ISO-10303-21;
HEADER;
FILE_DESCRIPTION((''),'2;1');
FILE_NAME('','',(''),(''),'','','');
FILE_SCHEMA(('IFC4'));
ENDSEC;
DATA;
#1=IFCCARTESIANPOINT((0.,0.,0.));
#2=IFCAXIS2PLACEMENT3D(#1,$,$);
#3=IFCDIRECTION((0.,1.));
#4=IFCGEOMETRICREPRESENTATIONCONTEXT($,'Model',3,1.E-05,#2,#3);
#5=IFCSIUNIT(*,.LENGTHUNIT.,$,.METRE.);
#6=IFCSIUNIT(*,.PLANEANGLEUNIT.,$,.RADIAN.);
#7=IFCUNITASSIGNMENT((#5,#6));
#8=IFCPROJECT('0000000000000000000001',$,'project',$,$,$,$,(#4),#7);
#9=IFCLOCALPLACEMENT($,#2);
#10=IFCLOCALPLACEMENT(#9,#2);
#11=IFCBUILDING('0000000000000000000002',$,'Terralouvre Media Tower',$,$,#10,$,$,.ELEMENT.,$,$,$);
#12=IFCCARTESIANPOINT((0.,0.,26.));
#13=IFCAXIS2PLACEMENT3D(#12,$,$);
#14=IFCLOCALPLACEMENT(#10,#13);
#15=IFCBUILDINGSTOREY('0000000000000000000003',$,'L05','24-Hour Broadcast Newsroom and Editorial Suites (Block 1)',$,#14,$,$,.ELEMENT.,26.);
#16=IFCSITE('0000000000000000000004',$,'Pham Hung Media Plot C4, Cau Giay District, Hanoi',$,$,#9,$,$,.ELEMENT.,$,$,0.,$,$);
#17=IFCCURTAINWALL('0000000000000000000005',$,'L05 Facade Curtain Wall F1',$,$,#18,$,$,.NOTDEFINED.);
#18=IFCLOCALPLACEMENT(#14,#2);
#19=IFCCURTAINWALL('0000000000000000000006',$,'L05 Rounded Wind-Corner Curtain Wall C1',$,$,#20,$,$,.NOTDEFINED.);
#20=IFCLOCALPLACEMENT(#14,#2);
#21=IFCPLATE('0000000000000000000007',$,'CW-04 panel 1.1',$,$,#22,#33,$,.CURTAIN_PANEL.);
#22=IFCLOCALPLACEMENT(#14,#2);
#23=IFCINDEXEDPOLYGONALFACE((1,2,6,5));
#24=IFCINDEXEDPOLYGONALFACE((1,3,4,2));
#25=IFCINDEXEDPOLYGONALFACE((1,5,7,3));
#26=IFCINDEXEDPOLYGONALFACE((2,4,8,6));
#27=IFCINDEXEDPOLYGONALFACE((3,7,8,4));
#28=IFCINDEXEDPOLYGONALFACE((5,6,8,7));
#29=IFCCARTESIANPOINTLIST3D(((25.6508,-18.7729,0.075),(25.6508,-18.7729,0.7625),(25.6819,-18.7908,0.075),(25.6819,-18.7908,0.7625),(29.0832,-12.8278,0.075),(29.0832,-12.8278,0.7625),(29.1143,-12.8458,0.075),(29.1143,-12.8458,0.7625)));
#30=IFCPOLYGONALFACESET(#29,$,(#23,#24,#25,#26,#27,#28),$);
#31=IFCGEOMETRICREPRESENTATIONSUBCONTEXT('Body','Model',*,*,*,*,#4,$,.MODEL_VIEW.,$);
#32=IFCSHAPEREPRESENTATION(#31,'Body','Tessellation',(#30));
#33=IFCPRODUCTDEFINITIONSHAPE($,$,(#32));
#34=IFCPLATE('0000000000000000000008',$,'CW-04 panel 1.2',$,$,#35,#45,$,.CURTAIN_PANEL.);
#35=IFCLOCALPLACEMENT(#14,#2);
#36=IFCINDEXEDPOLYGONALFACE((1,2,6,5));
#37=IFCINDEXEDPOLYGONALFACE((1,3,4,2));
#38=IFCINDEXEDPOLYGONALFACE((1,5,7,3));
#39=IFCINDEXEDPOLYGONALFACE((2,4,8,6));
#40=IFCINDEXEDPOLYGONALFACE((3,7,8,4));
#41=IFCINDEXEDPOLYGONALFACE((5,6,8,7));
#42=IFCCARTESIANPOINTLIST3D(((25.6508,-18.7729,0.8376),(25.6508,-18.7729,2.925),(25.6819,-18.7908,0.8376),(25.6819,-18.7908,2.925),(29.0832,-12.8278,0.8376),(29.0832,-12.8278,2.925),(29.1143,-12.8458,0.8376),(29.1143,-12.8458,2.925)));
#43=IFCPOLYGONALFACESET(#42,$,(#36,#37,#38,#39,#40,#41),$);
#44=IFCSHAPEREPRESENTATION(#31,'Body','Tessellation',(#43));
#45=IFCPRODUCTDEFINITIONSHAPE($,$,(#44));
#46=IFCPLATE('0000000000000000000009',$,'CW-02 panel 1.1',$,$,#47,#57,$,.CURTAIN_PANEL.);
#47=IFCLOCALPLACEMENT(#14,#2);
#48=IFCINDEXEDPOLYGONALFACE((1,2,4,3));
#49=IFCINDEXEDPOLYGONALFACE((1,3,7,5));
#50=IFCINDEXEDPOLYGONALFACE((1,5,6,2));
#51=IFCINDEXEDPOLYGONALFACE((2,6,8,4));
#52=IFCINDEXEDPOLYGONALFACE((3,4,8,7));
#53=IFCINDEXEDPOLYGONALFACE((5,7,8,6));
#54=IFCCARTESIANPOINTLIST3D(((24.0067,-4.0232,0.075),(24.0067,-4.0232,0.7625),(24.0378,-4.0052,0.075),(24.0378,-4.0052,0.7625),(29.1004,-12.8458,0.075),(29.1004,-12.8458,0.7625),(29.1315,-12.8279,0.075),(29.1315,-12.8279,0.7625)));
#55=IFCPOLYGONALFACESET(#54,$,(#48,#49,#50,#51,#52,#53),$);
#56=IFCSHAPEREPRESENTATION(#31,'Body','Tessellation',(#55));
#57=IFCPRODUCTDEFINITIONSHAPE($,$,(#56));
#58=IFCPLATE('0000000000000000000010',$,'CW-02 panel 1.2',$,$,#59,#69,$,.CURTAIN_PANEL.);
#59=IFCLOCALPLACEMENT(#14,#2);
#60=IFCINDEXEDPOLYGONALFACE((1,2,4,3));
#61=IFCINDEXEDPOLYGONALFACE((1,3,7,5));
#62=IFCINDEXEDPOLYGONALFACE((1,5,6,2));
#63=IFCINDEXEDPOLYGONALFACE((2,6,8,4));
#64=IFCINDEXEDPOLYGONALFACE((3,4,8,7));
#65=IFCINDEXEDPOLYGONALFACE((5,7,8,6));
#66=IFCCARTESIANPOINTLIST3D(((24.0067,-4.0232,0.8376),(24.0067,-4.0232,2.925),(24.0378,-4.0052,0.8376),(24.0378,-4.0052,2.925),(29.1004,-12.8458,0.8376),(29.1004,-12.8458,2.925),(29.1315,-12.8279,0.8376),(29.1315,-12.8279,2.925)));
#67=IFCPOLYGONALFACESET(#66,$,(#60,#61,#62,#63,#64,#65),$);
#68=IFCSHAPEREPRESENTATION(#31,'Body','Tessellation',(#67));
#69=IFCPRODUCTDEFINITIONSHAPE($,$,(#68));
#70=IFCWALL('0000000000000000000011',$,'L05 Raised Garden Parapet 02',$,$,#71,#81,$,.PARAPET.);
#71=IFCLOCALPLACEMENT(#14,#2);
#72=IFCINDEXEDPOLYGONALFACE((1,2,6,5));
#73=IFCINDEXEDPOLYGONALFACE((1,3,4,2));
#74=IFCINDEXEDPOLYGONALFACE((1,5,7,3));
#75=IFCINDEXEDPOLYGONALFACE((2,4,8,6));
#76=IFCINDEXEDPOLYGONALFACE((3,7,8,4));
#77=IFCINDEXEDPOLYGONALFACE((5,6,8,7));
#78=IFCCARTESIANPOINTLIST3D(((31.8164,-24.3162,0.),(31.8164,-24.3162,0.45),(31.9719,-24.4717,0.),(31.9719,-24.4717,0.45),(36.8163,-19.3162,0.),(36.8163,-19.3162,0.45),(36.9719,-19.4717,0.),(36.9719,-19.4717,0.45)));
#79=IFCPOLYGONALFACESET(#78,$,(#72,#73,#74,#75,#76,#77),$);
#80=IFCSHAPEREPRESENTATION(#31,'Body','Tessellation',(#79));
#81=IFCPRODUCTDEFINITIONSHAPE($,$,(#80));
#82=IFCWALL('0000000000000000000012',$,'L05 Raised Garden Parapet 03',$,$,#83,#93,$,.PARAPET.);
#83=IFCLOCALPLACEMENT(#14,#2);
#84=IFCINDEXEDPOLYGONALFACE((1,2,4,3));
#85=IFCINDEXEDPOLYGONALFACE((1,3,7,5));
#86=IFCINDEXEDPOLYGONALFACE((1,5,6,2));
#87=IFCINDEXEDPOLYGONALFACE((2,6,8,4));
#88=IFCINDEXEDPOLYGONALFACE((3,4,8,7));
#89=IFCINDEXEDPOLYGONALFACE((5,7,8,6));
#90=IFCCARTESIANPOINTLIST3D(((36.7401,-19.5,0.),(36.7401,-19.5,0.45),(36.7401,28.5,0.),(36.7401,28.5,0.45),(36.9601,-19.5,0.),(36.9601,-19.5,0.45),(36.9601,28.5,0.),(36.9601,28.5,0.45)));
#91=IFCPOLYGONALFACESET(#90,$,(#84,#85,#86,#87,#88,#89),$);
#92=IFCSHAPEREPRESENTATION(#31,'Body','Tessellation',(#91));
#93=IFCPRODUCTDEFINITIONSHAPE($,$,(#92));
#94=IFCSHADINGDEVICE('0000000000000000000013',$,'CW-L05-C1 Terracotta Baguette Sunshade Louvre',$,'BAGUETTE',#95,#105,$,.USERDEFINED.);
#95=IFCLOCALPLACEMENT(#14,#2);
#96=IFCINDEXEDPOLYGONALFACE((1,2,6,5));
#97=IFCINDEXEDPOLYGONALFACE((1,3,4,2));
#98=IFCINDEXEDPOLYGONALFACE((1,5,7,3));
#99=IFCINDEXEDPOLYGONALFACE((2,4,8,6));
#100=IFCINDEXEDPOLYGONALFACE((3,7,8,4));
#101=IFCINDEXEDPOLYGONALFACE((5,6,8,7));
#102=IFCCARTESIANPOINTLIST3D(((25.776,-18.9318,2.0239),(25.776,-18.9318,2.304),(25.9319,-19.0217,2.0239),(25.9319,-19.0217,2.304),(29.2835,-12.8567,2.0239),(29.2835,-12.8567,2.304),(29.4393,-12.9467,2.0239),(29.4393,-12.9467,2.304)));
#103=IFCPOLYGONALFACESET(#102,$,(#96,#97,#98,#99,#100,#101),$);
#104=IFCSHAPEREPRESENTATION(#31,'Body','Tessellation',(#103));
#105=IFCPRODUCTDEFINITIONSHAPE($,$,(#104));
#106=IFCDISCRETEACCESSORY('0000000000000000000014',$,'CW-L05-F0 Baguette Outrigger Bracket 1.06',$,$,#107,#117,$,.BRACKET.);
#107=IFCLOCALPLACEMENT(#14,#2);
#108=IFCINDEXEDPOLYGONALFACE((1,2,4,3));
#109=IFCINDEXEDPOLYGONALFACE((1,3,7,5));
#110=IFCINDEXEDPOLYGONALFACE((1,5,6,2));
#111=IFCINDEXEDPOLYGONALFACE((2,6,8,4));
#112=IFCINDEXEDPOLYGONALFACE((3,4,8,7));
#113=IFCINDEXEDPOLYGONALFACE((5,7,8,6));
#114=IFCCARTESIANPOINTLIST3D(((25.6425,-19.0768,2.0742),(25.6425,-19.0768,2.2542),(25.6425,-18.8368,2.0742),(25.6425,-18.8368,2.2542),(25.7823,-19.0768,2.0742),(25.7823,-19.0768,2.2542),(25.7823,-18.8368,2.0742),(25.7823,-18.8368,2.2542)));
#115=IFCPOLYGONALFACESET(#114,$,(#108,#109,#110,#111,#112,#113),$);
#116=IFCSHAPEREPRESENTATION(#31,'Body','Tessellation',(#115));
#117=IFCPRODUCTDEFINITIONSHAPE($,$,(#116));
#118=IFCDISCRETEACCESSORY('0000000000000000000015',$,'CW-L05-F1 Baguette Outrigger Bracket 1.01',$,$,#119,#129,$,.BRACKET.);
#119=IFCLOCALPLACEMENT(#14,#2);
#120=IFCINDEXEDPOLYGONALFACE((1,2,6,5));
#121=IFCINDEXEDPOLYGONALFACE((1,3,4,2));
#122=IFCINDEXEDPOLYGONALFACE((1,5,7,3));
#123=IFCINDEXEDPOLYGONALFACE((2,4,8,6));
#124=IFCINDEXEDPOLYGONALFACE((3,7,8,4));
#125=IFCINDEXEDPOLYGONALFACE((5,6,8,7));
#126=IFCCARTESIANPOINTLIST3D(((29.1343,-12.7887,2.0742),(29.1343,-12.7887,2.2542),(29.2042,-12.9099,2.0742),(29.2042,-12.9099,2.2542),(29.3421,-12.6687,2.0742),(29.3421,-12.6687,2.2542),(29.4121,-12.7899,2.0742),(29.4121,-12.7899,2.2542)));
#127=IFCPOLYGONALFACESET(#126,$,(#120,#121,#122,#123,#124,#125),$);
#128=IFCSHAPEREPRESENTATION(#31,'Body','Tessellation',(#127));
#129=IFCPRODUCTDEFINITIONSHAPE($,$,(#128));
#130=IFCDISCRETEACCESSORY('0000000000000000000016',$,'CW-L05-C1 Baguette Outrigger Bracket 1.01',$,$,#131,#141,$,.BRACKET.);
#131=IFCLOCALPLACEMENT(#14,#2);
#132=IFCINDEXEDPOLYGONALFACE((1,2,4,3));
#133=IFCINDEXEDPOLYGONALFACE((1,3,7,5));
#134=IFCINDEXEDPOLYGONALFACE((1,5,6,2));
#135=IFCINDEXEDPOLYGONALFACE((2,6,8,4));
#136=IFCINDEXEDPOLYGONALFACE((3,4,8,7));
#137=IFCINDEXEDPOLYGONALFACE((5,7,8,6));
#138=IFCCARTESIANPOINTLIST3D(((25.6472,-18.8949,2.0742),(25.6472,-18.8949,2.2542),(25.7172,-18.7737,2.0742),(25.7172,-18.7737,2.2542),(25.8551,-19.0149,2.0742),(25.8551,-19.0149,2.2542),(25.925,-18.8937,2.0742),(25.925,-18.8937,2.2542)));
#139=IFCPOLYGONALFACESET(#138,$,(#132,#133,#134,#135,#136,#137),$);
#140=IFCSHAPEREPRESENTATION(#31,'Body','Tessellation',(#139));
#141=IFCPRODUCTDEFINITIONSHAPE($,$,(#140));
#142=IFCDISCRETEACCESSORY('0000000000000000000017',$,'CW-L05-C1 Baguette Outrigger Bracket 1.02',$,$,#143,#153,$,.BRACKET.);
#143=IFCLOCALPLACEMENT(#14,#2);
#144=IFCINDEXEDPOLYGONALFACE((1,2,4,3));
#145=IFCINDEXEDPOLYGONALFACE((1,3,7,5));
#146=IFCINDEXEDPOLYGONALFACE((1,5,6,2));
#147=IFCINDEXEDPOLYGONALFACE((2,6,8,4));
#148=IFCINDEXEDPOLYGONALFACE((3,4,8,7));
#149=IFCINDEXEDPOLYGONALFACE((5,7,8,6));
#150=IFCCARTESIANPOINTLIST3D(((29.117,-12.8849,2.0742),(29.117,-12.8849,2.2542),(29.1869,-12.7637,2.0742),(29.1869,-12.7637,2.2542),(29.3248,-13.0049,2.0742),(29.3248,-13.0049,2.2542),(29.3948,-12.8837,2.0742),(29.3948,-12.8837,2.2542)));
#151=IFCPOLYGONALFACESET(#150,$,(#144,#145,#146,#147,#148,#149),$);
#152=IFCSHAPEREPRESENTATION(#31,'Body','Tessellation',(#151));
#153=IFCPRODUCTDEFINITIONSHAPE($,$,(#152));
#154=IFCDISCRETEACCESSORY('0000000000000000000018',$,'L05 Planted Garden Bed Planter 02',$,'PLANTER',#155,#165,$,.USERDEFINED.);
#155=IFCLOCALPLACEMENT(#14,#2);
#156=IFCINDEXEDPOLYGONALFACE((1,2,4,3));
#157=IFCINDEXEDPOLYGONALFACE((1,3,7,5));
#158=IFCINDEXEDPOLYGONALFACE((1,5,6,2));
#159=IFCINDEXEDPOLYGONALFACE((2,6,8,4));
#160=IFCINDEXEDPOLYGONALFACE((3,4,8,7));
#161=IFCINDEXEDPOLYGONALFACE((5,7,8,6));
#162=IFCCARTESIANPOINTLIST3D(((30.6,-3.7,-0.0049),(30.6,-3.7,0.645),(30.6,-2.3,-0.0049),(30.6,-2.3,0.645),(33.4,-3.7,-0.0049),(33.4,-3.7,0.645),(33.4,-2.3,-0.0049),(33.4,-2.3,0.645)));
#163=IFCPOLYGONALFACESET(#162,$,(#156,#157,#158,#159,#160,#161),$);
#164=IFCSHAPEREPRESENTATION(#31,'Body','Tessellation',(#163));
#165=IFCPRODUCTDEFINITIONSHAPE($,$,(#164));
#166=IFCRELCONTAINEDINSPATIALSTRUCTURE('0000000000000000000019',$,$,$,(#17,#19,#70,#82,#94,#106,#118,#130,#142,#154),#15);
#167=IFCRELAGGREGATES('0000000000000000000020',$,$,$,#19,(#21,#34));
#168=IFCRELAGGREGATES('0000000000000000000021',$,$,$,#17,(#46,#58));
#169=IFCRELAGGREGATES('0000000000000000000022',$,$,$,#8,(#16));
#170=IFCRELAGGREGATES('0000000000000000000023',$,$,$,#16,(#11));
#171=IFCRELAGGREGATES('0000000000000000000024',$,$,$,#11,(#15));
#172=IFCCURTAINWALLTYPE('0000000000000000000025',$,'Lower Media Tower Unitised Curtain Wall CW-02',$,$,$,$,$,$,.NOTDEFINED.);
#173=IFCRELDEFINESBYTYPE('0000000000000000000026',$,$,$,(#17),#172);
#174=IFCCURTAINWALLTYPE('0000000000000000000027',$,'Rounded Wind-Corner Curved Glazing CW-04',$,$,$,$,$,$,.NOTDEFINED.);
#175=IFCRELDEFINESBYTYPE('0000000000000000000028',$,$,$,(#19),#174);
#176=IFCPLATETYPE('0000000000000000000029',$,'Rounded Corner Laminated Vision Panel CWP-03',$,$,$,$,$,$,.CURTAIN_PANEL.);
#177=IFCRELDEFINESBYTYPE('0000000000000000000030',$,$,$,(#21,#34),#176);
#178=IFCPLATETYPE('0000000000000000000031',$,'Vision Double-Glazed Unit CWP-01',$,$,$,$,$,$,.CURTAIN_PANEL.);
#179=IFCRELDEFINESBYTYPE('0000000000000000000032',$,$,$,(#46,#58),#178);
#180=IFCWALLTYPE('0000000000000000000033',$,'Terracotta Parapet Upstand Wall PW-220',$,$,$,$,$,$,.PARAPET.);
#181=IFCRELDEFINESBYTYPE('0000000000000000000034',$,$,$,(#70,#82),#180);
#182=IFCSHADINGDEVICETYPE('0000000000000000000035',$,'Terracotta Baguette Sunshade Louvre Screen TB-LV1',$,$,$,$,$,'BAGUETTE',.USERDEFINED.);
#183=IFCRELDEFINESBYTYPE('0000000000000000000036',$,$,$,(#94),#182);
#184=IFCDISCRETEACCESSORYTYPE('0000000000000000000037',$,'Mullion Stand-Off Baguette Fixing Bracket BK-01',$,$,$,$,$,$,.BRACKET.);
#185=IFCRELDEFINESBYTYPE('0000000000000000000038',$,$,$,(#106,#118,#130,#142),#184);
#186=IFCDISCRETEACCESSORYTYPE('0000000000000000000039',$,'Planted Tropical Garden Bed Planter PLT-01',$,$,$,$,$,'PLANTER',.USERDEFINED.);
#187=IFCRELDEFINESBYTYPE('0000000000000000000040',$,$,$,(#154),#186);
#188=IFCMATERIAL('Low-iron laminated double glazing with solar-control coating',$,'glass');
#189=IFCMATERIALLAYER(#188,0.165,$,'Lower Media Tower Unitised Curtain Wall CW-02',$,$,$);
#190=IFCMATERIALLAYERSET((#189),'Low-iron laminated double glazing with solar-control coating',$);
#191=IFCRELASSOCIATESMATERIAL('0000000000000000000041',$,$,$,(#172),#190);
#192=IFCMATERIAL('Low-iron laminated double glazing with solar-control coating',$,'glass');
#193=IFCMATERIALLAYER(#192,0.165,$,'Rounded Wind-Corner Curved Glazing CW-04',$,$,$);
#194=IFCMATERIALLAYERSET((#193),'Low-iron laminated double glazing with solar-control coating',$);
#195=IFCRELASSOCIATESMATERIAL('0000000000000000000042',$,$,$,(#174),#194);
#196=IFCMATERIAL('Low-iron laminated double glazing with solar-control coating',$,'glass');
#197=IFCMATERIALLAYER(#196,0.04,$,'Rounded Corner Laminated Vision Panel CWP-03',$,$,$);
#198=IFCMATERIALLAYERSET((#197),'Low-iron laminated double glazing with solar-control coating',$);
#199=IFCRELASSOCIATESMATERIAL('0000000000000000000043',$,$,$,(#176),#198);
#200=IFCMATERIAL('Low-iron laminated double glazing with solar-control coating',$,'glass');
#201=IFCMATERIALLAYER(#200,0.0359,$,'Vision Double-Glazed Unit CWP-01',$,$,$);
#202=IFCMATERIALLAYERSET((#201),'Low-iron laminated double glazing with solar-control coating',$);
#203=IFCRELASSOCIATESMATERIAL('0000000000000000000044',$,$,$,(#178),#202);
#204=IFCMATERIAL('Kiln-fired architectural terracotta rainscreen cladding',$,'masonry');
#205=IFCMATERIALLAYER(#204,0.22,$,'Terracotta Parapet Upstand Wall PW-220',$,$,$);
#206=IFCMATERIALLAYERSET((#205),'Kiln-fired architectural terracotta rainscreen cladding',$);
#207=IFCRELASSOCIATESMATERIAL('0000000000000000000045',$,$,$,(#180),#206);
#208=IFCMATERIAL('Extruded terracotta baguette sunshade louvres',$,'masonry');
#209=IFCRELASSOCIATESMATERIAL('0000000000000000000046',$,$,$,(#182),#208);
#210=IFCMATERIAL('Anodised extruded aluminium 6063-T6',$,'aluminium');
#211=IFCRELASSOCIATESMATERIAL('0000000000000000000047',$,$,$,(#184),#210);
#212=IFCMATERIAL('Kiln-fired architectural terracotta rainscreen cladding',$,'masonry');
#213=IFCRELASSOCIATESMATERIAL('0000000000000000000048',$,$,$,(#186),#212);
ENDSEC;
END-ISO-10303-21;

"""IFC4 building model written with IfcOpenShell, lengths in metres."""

from ifc_helpers import new_model, si_unit, direction, frame, frame_2d, origin, origin_2d, place, context, subcontext, project, spatial, rectangle, extrude, material, layer, layer_set, type_object, element, aggregate, save


model = new_model("IFC4")

# Units and contexts
model_context = context("Model", 3, precision=1e-05, world=origin(), true_north=direction((0.0, 1.0)))
body_context = subcontext(model_context, "Body", "Model", "MODEL_VIEW")
ifc_project = project(units=[si_unit("LENGTHUNIT", "METRE"), si_unit("PLANEANGLEUNIT", "RADIAN")], contexts=[model_context])

# Site, building, storey
site_placement = place(None, origin())
site = spatial("IfcSite", under=ifc_project, at=site_placement, Name="Pham Hung Media Plot C4, Cau Giay District, Hanoi", CompositionType="ELEMENT", RefElevation=0.0)
building_placement = place(site_placement, origin())
building = spatial("IfcBuilding", under=site, at=building_placement, Name="Terralouvre Media Tower", CompositionType="ELEMENT")
storey_placement = place(building_placement, frame((0.0, 0.0, 26.0)))
storey = spatial("IfcBuildingStorey", under=building, at=storey_placement, Name="L05", Description="24-Hour Broadcast Newsroom and Editorial Suites (Block 1)", CompositionType="ELEMENT", Elevation=26.0)

# Curtain walls
ifc_material_1 = material(Name="Low-iron laminated double glazing with solar-control coating", Category="glass")
ifc_layer_1 = layer(ifc_material_1, 0.165, Name="Lower Media Tower Unitised Curtain Wall CW-02")
ifc_layer_set_1 = layer_set([ifc_layer_1], Name="Low-iron laminated double glazing with solar-control coating")
curtain_wall_type_1 = type_object("IfcCurtainWallType", Name="Lower Media Tower Unitised Curtain Wall CW-02", PredefinedType="NOTDEFINED", material=ifc_layer_set_1)
curtain_wall_1_placement = place(storey_placement, origin())
curtain_wall_1 = element("IfcCurtainWall", 1, at=curtain_wall_1_placement, inside=storey, type_object=curtain_wall_type_1, Name="L05 Facade Curtain Wall F1", PredefinedType="NOTDEFINED")
ifc_material_2 = material(Name="Low-iron laminated double glazing with solar-control coating", Category="glass")
ifc_layer_2 = layer(ifc_material_2, 0.165, Name="Rounded Wind-Corner Curved Glazing CW-04")
ifc_layer_set_2 = layer_set([ifc_layer_2], Name="Low-iron laminated double glazing with solar-control coating")
curtain_wall_type_2 = type_object("IfcCurtainWallType", Name="Rounded Wind-Corner Curved Glazing CW-04", PredefinedType="NOTDEFINED", material=ifc_layer_set_2)
curtain_wall_2_placement = place(storey_placement, origin())
curtain_wall_2 = element("IfcCurtainWall", 2, at=curtain_wall_2_placement, inside=storey, type_object=curtain_wall_type_2, Name="L05 Rounded Wind-Corner Curtain Wall C1", PredefinedType="NOTDEFINED")

# Plates
ifc_material_3 = material(Name="Low-iron laminated double glazing with solar-control coating", Category="glass")
ifc_layer_3 = layer(ifc_material_3, 0.04, Name="Rounded Corner Laminated Vision Panel CWP-03")
ifc_layer_set_3 = layer_set([ifc_layer_3], Name="Low-iron laminated double glazing with solar-control coating")
plate_type_1 = type_object("IfcPlateType", Name="Rounded Corner Laminated Vision Panel CWP-03", PredefinedType="CURTAIN_PANEL", material=ifc_layer_set_3)
plate_1_placement = place(storey_placement, frame((27.3826, -15.8093, 0.075), z_axis=(0.0, 0.0, 1.0), x_axis=(0.5, 0.866026, 0.0)))
plate_1 = element("IfcPlate", 3, at=plate_1_placement, type_object=plate_type_1, Name="CW-04 panel 1.1", PredefinedType="CURTAIN_PANEL", context=body_context, shape_type="SweptSolid", body=[
    extrude(rectangle(XDim=6.8647, YDim=0.0359, at=origin_2d()), origin(), (0.0, 0.0, 1.0), 0.6875),
])
plate_2_placement = place(storey_placement, frame((27.3826, -15.8093, 0.8376), z_axis=(0.0, 0.0, 1.0), x_axis=(0.5, 0.866026, 0.0)))
plate_2 = element("IfcPlate", 4, at=plate_2_placement, type_object=plate_type_1, Name="CW-04 panel 1.2", PredefinedType="CURTAIN_PANEL", context=body_context, shape_type="SweptSolid", body=[
    extrude(rectangle(XDim=6.8647, YDim=0.0359, at=origin_2d()), origin(), (0.0, 0.0, 1.0), 2.0874),
])
aggregate(curtain_wall_2, [plate_1, plate_2])
ifc_material_4 = material(Name="Low-iron laminated double glazing with solar-control coating", Category="glass")
ifc_layer_4 = layer(ifc_material_4, 0.0359, Name="Vision Double-Glazed Unit CWP-01")
ifc_layer_set_4 = layer_set([ifc_layer_4], Name="Low-iron laminated double glazing with solar-control coating")
plate_type_2 = type_object("IfcPlateType", Name="Vision Double-Glazed Unit CWP-01", PredefinedType="CURTAIN_PANEL", material=ifc_layer_set_4)
plate_3_placement = place(storey_placement, frame((26.5691, -8.4255, 0.075), z_axis=(0.0, 0.0, 1.0), x_axis=(-0.5, 0.866025, 0.0)))
plate_3 = element("IfcPlate", 5, at=plate_3_placement, type_object=plate_type_2, Name="CW-02 panel 1.1", PredefinedType="CURTAIN_PANEL", context=body_context, shape_type="SweptSolid", body=[
    extrude(rectangle(XDim=10.1875, YDim=0.0359, at=origin_2d()), origin(), (0.0, 0.0, 1.0), 0.6875),
])
plate_4_placement = place(storey_placement, frame((26.5691, -8.4255, 0.8376), z_axis=(0.0, 0.0, 1.0), x_axis=(-0.5, 0.866025, 0.0)))
plate_4 = element("IfcPlate", 6, at=plate_4_placement, type_object=plate_type_2, Name="CW-02 panel 1.2", PredefinedType="CURTAIN_PANEL", context=body_context, shape_type="SweptSolid", body=[
    extrude(rectangle(XDim=10.1875, YDim=0.0359, at=origin_2d()), origin(), (0.0, 0.0, 1.0), 2.0874),
])
aggregate(curtain_wall_1, [plate_3, plate_4])

# Walls
ifc_material_5 = material(Name="Kiln-fired architectural terracotta rainscreen cladding", Category="masonry")
ifc_layer_5 = layer(ifc_material_5, 0.22, Name="Terracotta Parapet Upstand Wall PW-220")
ifc_layer_set_5 = layer_set([ifc_layer_5], Name="Kiln-fired architectural terracotta rainscreen cladding")
wall_type = type_object("IfcWallType", Name="Terracotta Parapet Upstand Wall PW-220", PredefinedType="PARAPET", material=ifc_layer_set_5)
wall_1_placement = place(storey_placement, frame((31.894, -24.394, 0.0), z_axis=(0.0, 0.0, 1.0), x_axis=(0.707107, 0.707107, 0.0)))
element("IfcWall", 7, at=wall_1_placement, inside=storey, type_object=wall_type, Name="L05 Raised Garden Parapet 02", PredefinedType="PARAPET", context=body_context, shape_type="SweptSolid", body=[
    extrude(rectangle(XDim=7.071, YDim=0.22, at=frame_2d((3.5356, 0.0))), origin(), (0.0, 0.0, 1.0), 0.45),
])
wall_2_placement = place(storey_placement, frame((36.8501, -19.5, 0.0), z_axis=(0.0, 0.0, 1.0), x_axis=(0.0, 1.0, 0.0)))
element("IfcWall", 8, at=wall_2_placement, inside=storey, type_object=wall_type, Name="L05 Raised Garden Parapet 03", PredefinedType="PARAPET", context=body_context, shape_type="SweptSolid", body=[
    extrude(rectangle(XDim=48.0, YDim=0.22, at=frame_2d((24.0, 0.0))), origin(), (0.0, 0.0, 1.0), 0.45),
])

# Shading device
ifc_material_6 = material(Name="Extruded terracotta baguette sunshade louvres", Category="masonry")
shading_device_type = type_object("IfcShadingDeviceType", Name="Terracotta Baguette Sunshade Louvre Screen TB-LV1", ElementType="BAGUETTE", PredefinedType="USERDEFINED", material=ifc_material_6)
shading_device_placement = place(storey_placement, frame((27.6077, -15.9392, 2.0239), z_axis=(0.0, 0.0, 1.0), x_axis=(0.5, 0.866026, 0.0)))
element("IfcShadingDevice", 9, at=shading_device_placement, inside=storey, type_object=shading_device_type, Name="CW-L05-C1 Terracotta Baguette Sunshade Louvre", ObjectType="BAGUETTE", PredefinedType="USERDEFINED", context=body_context, shape_type="SweptSolid", body=[
    extrude(rectangle(XDim=7.0149, YDim=0.1799, at=origin_2d()), origin(), (0.0, 0.0, 1.0), 0.28),
])

# Discrete accessories
ifc_material_7 = material(Name="Anodised extruded aluminium 6063-T6", Category="aluminium")
discrete_accessory_type_1 = type_object("IfcDiscreteAccessoryType", Name="Mullion Stand-Off Baguette Fixing Bracket BK-01", PredefinedType="BRACKET", material=ifc_material_7)
for number, where, z_axis, x_axis, name in (
    (10, (25.7124, -18.9568, 2.0742), (0.0, 0.0, 1.0), (1.0, 0.0, 0.0), "CW-L05-F0 Baguette Outrigger Bracket 1.06"),
    (11, (29.2732, -12.7893, 2.0742), (0.0, 0.0, 1.0), (-0.5, 0.866025, 0.0), "CW-L05-F1 Baguette Outrigger Bracket 1.01"),
    (12, (25.7861, -18.8943, 2.0742), (0.0, 0.0, 1.0), (0.5, 0.866026, 0.0), "CW-L05-C1 Baguette Outrigger Bracket 1.01"),
    (13, (29.2559, -12.8843, 2.0742), (0.0, 0.0, 1.0), (0.5, 0.866026, 0.0), "CW-L05-C1 Baguette Outrigger Bracket 1.02"),
):
    element("IfcDiscreteAccessory", number, at=place(storey_placement, frame(where, z_axis=z_axis, x_axis=x_axis)), inside=storey, type_object=discrete_accessory_type_1, Name=name, PredefinedType="BRACKET", context=body_context, shape_type="SweptSolid", body=[
        extrude(rectangle(XDim=0.1399, YDim=0.24, at=origin_2d()), origin(), (0.0, 0.0, 1.0), 0.1799),
    ])
ifc_material_8 = material(Name="Kiln-fired architectural terracotta rainscreen cladding", Category="masonry")
discrete_accessory_type_2 = type_object("IfcDiscreteAccessoryType", Name="Planted Tropical Garden Bed Planter PLT-01", ElementType="PLANTER", PredefinedType="USERDEFINED", material=ifc_material_8)
discrete_accessory_placement = place(storey_placement, frame((32.0, -3.0, -0.0049), z_axis=(0.0, 0.0, 1.0), x_axis=(1.0, 0.0, 0.0)))
element("IfcDiscreteAccessory", 14, at=discrete_accessory_placement, inside=storey, type_object=discrete_accessory_type_2, Name="L05 Planted Garden Bed Planter 02", ObjectType="PLANTER", PredefinedType="USERDEFINED", context=body_context, shape_type="SweptSolid", body=[
    extrude(rectangle(XDim=2.8, YDim=1.3999, at=origin_2d()), origin(), (0.0, 0.0, 1.0), 0.6499),
])

save(model, "model.ifc")
